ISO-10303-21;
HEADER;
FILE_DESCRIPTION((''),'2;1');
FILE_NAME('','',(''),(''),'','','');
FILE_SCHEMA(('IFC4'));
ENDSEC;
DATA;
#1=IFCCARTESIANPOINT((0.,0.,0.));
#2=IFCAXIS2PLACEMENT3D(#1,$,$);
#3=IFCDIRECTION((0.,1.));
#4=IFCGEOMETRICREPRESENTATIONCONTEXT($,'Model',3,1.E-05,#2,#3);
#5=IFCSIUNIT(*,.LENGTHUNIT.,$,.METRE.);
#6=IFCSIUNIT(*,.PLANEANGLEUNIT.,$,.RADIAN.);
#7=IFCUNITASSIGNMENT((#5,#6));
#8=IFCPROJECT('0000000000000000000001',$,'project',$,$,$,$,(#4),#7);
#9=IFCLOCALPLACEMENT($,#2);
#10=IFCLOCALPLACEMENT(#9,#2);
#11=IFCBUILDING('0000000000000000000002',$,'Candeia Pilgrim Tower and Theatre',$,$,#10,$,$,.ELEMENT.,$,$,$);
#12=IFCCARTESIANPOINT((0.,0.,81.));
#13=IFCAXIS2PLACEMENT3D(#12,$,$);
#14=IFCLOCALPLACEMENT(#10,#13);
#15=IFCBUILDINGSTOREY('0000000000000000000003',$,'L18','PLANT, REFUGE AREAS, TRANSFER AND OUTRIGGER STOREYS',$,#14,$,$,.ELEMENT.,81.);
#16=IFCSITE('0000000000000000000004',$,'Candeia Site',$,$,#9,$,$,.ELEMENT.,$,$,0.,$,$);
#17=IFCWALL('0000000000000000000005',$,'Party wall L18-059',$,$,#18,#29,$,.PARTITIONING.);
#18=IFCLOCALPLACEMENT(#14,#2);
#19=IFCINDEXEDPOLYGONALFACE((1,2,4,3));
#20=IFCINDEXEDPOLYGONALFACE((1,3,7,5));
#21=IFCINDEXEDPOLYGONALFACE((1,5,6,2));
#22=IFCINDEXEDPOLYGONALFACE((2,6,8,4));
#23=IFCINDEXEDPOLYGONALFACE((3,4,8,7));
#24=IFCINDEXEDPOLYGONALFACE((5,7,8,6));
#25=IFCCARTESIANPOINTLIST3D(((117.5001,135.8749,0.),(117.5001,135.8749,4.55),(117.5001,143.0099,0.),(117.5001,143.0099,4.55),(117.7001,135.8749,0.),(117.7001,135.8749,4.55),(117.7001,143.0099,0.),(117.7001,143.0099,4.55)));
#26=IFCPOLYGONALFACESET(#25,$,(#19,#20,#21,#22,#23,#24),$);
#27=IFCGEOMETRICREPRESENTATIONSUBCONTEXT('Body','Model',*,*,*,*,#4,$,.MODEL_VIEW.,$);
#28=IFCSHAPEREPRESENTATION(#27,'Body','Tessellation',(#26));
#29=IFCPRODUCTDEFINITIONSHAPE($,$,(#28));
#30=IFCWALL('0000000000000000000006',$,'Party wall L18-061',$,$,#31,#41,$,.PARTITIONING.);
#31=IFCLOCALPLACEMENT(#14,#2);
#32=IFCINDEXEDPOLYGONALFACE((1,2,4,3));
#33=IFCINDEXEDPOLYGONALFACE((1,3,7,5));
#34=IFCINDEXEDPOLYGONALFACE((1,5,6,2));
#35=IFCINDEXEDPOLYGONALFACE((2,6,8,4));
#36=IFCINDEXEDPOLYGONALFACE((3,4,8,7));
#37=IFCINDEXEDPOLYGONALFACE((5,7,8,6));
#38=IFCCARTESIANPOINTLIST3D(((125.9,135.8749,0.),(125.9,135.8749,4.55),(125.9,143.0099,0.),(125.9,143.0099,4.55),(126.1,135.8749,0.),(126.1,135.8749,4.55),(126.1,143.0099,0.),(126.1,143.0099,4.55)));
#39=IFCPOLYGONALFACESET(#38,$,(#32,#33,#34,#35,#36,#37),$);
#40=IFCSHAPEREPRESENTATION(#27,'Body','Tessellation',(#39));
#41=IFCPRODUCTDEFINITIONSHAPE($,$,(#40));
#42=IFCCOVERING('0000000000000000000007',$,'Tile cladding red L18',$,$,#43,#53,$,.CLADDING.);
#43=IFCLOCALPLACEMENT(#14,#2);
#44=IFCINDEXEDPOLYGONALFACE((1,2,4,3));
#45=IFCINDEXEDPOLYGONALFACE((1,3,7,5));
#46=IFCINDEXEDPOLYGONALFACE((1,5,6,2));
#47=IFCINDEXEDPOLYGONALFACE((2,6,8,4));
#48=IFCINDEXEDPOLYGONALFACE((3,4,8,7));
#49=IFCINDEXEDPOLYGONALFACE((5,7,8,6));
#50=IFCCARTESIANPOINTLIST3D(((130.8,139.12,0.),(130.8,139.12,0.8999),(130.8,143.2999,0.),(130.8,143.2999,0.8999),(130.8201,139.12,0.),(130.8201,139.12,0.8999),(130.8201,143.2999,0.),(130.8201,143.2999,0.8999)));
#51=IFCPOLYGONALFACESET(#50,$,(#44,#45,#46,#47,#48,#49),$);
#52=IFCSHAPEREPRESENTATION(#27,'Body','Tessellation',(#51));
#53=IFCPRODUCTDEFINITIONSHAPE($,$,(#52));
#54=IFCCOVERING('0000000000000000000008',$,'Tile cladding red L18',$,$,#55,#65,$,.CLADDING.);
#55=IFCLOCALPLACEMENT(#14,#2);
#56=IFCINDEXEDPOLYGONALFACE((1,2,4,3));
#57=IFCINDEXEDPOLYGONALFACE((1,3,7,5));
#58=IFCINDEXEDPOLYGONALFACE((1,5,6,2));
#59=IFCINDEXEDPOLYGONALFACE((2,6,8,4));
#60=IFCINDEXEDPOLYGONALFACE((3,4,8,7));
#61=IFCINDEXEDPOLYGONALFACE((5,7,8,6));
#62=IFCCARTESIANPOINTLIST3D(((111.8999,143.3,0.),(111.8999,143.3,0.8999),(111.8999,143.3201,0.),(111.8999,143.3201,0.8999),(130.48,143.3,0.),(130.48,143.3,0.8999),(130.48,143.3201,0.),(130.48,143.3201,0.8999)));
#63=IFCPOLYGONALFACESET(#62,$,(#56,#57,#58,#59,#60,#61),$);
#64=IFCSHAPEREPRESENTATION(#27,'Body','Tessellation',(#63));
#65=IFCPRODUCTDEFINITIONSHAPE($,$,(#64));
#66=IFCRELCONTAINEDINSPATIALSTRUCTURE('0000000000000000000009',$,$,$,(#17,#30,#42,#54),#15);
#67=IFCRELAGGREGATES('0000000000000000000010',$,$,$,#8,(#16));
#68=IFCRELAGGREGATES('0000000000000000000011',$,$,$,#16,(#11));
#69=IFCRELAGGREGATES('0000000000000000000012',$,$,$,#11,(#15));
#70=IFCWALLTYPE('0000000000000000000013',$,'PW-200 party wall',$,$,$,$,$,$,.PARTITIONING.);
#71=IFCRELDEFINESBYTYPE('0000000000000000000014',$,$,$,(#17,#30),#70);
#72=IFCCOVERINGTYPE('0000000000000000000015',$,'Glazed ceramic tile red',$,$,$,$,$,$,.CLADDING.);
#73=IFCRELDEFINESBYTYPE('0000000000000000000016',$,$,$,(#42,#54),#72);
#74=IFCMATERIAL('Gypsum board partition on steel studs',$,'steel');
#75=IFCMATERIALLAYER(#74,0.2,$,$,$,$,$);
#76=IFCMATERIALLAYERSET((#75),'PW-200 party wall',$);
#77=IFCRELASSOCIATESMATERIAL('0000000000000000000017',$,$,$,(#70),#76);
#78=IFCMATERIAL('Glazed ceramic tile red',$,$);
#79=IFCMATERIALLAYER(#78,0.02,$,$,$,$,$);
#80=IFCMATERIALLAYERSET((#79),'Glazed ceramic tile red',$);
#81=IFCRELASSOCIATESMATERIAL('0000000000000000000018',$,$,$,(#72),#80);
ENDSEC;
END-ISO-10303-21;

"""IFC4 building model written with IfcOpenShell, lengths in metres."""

from ifc_helpers import new_model, si_unit, direction, frame, frame_2d, origin, origin_2d, place, context, subcontext, project, spatial, rectangle, extrude, material, layer, layer_set, type_object, element, save


model = new_model("IFC4")

# Units and contexts
model_context = context("Model", 3, precision=1e-05, world=origin(), true_north=direction((0.0, 1.0)))
body_context = subcontext(model_context, "Body", "Model", "MODEL_VIEW")
ifc_project = project(units=[si_unit("LENGTHUNIT", "METRE"), si_unit("PLANEANGLEUNIT", "RADIAN")], contexts=[model_context])

# Site, building, storey
site_placement = place(None, origin())
site = spatial("IfcSite", under=ifc_project, at=site_placement, Name="Candeia Site", CompositionType="ELEMENT", RefElevation=0.0)
building_placement = place(site_placement, origin())
building = spatial("IfcBuilding", under=site, at=building_placement, Name="Candeia Pilgrim Tower and Theatre", CompositionType="ELEMENT")
storey_placement = place(building_placement, frame((0.0, 0.0, 81.0)))
storey = spatial("IfcBuildingStorey", under=building, at=storey_placement, Name="L18", Description="PLANT, REFUGE AREAS, TRANSFER AND OUTRIGGER STOREYS", CompositionType="ELEMENT", Elevation=81.0)

# Walls
ifc_material_1 = material(Name="Gypsum board partition on steel studs", Category="steel")
ifc_layer_1 = layer(ifc_material_1, 0.2)
ifc_layer_set_1 = layer_set([ifc_layer_1], Name="PW-200 party wall")
wall_type_1 = type_object("IfcWallType", Name="PW-200 party wall", PredefinedType="PARTITIONING", material=ifc_layer_set_1)
for number, where, z_axis, x_axis, name in (
    (1, (117.6001, 135.875, 0.0), (0.0, 0.0, 1.0), (0.0, 1.0, 0.0), "Party wall L18-059"),
    (2, (126.0, 135.875, 0.0), (0.0, 0.0, 1.0), (0.0, 1.0, 0.0), "Party wall L18-061"),
):
    element("IfcWall", number, at=place(storey_placement, frame(where, z_axis=z_axis, x_axis=x_axis)), inside=storey, type_object=wall_type_1, Name=name, PredefinedType="PARTITIONING", context=body_context, shape_type="SweptSolid", body=[
        extrude(rectangle(XDim=7.135, YDim=0.2, at=frame_2d((3.5674, 0.0))), origin(), (0.0, 0.0, 1.0), 4.55),
    ])

# Coverings
ifc_material_2 = material(Name="Glazed ceramic tile red")
ifc_layer_2 = layer(ifc_material_2, 0.02)
ifc_layer_set_2 = layer_set([ifc_layer_2], Name="Glazed ceramic tile red")
covering_type = type_object("IfcCoveringType", Name="Glazed ceramic tile red", PredefinedType="CLADDING", material=ifc_layer_set_2)
covering_1_placement = place(storey_placement, frame((130.8101, 141.21, 0.0), z_axis=(0.0, 0.0, 1.0), x_axis=(0.0, 1.0, 0.0)))
element("IfcCovering", 3, at=covering_1_placement, inside=storey, type_object=covering_type, Name="Tile cladding red L18", PredefinedType="CLADDING", context=body_context, shape_type="SweptSolid", body=[
    extrude(rectangle(XDim=4.1799, YDim=0.02, at=origin_2d()), origin(), (0.0, 0.0, 1.0), 0.8999),
])
covering_2_placement = place(storey_placement, frame((121.1899, 143.3101, 0.0), z_axis=(0.0, 0.0, 1.0), x_axis=(-1.0, 0.0, 0.0)))
element("IfcCovering", 4, at=covering_2_placement, inside=storey, type_object=covering_type, Name="Tile cladding red L18", PredefinedType="CLADDING", context=body_context, shape_type="SweptSolid", body=[
    extrude(rectangle(XDim=18.5801, YDim=0.02, at=origin_2d()), origin(), (0.0, 0.0, 1.0), 0.8999),
])

save(model, "model.ifc")
